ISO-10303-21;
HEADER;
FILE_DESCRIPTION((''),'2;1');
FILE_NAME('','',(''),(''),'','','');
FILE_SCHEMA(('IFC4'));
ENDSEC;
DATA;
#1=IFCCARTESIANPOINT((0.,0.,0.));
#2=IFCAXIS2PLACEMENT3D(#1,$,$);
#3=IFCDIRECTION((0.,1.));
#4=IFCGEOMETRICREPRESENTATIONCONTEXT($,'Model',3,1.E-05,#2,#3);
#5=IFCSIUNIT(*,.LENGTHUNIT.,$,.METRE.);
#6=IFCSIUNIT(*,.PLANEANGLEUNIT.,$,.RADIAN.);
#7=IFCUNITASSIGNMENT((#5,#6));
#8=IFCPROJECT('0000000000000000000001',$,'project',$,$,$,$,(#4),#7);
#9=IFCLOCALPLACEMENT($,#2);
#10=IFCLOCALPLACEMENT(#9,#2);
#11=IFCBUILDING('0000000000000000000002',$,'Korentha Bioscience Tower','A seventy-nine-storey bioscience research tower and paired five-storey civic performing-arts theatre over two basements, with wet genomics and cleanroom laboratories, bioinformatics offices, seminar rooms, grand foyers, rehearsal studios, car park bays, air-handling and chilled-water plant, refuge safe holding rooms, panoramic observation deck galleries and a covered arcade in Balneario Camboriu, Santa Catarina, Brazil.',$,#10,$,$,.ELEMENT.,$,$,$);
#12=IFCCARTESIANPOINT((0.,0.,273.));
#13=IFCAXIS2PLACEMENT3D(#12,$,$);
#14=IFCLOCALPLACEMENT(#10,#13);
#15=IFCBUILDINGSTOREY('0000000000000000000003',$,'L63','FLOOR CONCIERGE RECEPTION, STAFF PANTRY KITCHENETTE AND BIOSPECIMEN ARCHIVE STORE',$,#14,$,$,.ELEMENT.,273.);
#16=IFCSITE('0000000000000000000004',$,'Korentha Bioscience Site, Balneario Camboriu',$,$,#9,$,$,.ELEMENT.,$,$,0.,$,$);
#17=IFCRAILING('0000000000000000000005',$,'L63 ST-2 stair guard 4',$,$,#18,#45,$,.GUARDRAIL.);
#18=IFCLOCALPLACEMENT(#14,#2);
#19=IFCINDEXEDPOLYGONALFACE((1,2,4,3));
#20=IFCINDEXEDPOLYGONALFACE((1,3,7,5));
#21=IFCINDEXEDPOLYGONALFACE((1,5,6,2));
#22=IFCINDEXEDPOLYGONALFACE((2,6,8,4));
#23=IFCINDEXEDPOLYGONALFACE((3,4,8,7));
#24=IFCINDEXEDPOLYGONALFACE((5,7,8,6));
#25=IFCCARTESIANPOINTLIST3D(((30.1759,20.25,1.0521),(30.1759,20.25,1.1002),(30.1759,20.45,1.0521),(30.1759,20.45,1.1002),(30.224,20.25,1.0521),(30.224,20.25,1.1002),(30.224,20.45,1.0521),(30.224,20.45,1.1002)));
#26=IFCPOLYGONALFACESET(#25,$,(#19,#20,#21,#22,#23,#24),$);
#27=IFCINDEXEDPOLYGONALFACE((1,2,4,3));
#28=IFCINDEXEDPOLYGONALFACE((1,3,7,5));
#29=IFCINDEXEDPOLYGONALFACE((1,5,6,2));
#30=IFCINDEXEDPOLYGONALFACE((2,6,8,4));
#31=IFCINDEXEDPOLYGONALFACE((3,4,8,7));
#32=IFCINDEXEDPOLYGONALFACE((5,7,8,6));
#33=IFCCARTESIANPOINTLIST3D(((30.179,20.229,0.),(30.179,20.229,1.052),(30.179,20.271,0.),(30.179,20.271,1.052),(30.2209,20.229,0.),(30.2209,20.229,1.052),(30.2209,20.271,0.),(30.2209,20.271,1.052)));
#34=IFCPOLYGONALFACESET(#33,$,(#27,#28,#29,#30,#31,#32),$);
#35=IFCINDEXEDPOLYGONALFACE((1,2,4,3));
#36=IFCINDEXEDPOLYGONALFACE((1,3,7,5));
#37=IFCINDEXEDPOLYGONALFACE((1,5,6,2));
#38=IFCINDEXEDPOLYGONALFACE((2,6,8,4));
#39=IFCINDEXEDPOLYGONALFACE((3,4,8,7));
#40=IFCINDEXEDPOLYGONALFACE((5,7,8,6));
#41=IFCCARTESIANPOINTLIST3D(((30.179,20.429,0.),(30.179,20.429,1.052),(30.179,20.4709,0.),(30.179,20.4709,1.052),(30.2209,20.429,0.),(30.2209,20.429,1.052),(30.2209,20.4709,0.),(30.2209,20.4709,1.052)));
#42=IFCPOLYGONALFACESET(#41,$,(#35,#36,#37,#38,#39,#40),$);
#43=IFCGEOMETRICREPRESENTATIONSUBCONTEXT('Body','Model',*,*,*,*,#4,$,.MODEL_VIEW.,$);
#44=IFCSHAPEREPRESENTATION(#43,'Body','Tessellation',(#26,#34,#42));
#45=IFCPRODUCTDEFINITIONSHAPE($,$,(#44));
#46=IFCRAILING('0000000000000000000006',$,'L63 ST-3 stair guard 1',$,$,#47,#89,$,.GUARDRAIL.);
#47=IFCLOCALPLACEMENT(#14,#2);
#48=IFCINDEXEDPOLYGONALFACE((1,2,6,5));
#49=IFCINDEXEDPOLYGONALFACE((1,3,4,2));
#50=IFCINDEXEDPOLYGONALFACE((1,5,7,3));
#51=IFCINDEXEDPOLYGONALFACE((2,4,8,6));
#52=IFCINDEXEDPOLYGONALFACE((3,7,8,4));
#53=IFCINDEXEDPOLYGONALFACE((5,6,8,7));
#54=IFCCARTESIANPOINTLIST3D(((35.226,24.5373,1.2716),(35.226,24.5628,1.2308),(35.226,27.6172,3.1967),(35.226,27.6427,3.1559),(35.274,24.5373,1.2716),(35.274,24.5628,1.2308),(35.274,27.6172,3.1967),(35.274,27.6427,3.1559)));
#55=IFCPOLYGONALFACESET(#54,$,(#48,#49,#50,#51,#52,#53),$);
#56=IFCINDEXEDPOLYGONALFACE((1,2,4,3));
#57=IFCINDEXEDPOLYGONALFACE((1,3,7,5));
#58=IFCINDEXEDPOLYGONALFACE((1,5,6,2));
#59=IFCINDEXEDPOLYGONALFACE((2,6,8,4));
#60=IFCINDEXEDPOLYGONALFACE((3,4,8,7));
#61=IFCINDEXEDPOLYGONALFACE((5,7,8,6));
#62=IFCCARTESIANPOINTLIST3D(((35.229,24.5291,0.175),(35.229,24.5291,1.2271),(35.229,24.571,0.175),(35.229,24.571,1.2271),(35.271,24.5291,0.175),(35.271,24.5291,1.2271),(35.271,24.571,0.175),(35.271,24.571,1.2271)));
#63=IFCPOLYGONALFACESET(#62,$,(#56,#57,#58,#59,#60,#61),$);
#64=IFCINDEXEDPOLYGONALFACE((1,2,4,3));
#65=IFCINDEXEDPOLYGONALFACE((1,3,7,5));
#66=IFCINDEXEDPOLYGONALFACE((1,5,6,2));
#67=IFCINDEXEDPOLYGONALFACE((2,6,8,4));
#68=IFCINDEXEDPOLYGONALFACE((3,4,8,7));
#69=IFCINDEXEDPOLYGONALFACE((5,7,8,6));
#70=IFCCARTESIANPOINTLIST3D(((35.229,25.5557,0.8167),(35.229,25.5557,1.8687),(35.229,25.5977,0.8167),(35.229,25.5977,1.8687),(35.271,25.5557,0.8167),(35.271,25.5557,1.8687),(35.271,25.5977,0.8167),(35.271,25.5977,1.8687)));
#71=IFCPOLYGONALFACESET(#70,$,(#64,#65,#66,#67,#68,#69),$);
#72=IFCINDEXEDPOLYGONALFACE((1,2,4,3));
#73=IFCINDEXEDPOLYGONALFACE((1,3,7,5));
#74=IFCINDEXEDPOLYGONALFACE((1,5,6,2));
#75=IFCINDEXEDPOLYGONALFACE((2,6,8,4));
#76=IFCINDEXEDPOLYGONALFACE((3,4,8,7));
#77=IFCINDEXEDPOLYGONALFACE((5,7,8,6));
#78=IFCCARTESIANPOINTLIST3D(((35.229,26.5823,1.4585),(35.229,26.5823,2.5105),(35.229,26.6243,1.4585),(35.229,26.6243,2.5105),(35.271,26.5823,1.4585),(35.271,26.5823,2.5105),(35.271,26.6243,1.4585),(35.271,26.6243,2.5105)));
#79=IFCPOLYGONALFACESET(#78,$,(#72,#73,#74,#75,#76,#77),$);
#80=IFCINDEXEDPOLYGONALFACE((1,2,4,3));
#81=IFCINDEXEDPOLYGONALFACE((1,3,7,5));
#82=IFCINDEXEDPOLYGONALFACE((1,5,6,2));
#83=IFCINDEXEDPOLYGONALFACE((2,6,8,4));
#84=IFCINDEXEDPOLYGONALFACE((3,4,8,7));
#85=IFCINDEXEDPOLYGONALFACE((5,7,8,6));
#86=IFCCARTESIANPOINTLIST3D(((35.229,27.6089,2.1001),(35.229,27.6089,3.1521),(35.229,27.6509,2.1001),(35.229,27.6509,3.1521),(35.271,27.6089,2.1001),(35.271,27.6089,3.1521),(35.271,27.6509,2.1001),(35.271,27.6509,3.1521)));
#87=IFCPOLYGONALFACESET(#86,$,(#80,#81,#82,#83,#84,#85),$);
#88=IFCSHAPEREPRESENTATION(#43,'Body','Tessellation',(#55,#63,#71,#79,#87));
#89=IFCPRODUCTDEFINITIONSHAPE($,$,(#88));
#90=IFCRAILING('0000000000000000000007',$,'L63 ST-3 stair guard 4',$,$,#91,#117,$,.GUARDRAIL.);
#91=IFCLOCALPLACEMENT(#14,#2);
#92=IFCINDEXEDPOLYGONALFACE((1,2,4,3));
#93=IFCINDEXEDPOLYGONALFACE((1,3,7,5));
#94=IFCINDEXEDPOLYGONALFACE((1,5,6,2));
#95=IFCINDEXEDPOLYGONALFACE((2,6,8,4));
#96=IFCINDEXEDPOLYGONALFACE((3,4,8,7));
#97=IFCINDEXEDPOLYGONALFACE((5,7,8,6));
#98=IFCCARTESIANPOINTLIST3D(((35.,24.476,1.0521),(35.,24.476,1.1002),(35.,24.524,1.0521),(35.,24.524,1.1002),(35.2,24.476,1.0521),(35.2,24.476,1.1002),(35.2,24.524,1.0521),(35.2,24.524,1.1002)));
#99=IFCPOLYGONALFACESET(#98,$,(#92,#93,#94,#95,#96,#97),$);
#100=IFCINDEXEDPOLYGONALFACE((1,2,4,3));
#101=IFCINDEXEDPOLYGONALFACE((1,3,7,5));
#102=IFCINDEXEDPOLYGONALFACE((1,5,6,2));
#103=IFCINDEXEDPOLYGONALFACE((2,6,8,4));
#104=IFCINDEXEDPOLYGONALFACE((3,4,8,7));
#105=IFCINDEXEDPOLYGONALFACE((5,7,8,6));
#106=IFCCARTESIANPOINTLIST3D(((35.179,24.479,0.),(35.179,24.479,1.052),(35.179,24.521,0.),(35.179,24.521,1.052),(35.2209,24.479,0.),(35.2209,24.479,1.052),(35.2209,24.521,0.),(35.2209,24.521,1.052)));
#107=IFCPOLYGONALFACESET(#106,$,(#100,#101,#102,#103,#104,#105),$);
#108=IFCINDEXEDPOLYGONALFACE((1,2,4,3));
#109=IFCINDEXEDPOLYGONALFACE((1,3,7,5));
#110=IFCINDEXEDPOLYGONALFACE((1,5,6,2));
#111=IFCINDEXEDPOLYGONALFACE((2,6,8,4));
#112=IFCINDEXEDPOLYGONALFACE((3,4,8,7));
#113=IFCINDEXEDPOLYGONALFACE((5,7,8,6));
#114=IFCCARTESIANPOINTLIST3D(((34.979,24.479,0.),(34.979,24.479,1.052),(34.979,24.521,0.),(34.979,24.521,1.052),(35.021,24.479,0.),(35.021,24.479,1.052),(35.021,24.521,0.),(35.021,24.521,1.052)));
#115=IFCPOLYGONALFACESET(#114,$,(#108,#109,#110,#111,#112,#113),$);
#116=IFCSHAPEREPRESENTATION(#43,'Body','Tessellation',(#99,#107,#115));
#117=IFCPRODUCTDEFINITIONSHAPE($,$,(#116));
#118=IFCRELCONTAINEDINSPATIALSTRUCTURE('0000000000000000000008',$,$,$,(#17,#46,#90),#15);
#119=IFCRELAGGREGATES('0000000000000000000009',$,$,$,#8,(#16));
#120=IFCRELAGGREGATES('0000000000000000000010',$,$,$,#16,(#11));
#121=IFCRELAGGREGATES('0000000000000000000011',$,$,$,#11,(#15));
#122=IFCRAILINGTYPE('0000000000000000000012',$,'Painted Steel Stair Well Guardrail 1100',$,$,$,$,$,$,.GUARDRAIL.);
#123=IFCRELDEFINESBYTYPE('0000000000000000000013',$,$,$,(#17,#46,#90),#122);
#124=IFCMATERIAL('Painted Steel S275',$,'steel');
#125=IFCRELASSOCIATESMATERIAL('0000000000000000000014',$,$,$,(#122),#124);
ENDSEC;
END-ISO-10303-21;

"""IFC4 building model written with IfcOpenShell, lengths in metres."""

from ifc_helpers import new_model, si_unit, direction, frame, origin, origin_2d, place, context, subcontext, project, spatial, rectangle, extrude, material, type_object, element, save


model = new_model("IFC4")

# Units and contexts
model_context = context("Model", 3, precision=1e-05, world=origin(), true_north=direction((0.0, 1.0)))
body_context = subcontext(model_context, "Body", "Model", "MODEL_VIEW")
ifc_project = project(units=[si_unit("LENGTHUNIT", "METRE"), si_unit("PLANEANGLEUNIT", "RADIAN")], contexts=[model_context])

# Site, building, storey
site_placement = place(None, origin())
site = spatial("IfcSite", under=ifc_project, at=site_placement, Name="Korentha Bioscience Site, Balneario Camboriu", CompositionType="ELEMENT", RefElevation=0.0)
building_placement = place(site_placement, origin())
building = spatial("IfcBuilding", under=site, at=building_placement, Name="Korentha Bioscience Tower", Description="A seventy-nine-storey bioscience research tower and paired five-storey civic performing-arts theatre over two basements, with wet genomics and cleanroom laboratories, bioinformatics offices, seminar rooms, grand foyers, rehearsal studios, car park bays, air-handling and chilled-water plant, refuge safe holding rooms, panoramic observation deck galleries and a covered arcade in Balneario Camboriu, Santa Catarina, Brazil.", CompositionType="ELEMENT")
storey_placement = place(building_placement, frame((0.0, 0.0, 273.0)))
storey = spatial("IfcBuildingStorey", under=building, at=storey_placement, Name="L63", Description="FLOOR CONCIERGE RECEPTION, STAFF PANTRY KITCHENETTE AND BIOSPECIMEN ARCHIVE STORE", CompositionType="ELEMENT", Elevation=273.0)

# Railings
ifc_material_1 = material(Name="Painted Steel S275", Category="steel")
railing_type_1 = type_object("IfcRailingType", Name="Painted Steel Stair Well Guardrail 1100", PredefinedType="GUARDRAIL", material=ifc_material_1)
railing_1_placement = place(storey_placement, frame((30.2, 20.25, 0.0)))
element("IfcRailing", 1, at=railing_1_placement, inside=storey, type_object=railing_type_1, Name="L63 ST-2 stair guard 4", PredefinedType="GUARDRAIL", context=body_context, shape_type="SweptSolid", body=[
    extrude(rectangle(XDim=0.0481, YDim=0.0481, at=origin_2d()), frame((0.0, 0.0, 1.0762), z_axis=(0.0, 1.0, 0.0), x_axis=(-1.0, 0.0, 0.0)), (0.0, 0.0, 1.0), 0.2),
    extrude(rectangle(XDim=0.042, YDim=0.042, at=origin_2d()), origin(), (0.0, 0.0, 1.0), 1.052),
    extrude(rectangle(XDim=0.042, YDim=0.042, at=origin_2d()), frame((0.0, 0.2, 0.0)), (0.0, 0.0, 1.0), 1.052),
])
railing_2_placement = place(storey_placement, frame((35.25, 24.55, 0.175)))
element("IfcRailing", 2, at=railing_2_placement, inside=storey, type_object=railing_type_1, Name="L63 ST-3 stair guard 1", PredefinedType="GUARDRAIL", context=body_context, shape_type="SweptSolid", body=[
    extrude(rectangle(XDim=0.0481, YDim=0.0481, at=origin_2d()), frame((0.0, 0.0, 1.0762), z_axis=(0.0, 0.847979, 0.530029), x_axis=(-1.0, 0.0, 0.0)), (0.0, 0.0, 1.0), 3.6321),
    extrude(rectangle(XDim=0.042, YDim=0.042, at=origin_2d()), origin(), (0.0, 0.0, 1.0), 1.052),
    extrude(rectangle(XDim=0.042, YDim=0.042, at=origin_2d()), frame((0.0, 1.0266, 0.6416)), (0.0, 0.0, 1.0), 1.052),
    extrude(rectangle(XDim=0.042, YDim=0.042, at=origin_2d()), frame((0.0, 2.0532, 1.2834)), (0.0, 0.0, 1.0), 1.052),
    extrude(rectangle(XDim=0.042, YDim=0.042, at=origin_2d()), frame((0.0, 3.0798, 1.925)), (0.0, 0.0, 1.0), 1.052),
])
railing_3_placement = place(storey_placement, frame((35.2, 24.5, 0.0)))
element("IfcRailing", 3, at=railing_3_placement, inside=storey, type_object=railing_type_1, Name="L63 ST-3 stair guard 4", PredefinedType="GUARDRAIL", context=body_context, shape_type="SweptSolid", body=[
    extrude(rectangle(XDim=0.0481, YDim=0.0481, at=origin_2d()), frame((0.0, 0.0, 1.0762), z_axis=(-1.0, 0.0, 0.0), x_axis=(0.0, -1.0, 0.0)), (0.0, 0.0, 1.0), 0.2),
    extrude(rectangle(XDim=0.042, YDim=0.042, at=origin_2d()), origin(), (0.0, 0.0, 1.0), 1.052),
    extrude(rectangle(XDim=0.042, YDim=0.042, at=origin_2d()), frame((-0.2, 0.0, 0.0)), (0.0, 0.0, 1.0), 1.052),
])

save(model, "model.ifc")
